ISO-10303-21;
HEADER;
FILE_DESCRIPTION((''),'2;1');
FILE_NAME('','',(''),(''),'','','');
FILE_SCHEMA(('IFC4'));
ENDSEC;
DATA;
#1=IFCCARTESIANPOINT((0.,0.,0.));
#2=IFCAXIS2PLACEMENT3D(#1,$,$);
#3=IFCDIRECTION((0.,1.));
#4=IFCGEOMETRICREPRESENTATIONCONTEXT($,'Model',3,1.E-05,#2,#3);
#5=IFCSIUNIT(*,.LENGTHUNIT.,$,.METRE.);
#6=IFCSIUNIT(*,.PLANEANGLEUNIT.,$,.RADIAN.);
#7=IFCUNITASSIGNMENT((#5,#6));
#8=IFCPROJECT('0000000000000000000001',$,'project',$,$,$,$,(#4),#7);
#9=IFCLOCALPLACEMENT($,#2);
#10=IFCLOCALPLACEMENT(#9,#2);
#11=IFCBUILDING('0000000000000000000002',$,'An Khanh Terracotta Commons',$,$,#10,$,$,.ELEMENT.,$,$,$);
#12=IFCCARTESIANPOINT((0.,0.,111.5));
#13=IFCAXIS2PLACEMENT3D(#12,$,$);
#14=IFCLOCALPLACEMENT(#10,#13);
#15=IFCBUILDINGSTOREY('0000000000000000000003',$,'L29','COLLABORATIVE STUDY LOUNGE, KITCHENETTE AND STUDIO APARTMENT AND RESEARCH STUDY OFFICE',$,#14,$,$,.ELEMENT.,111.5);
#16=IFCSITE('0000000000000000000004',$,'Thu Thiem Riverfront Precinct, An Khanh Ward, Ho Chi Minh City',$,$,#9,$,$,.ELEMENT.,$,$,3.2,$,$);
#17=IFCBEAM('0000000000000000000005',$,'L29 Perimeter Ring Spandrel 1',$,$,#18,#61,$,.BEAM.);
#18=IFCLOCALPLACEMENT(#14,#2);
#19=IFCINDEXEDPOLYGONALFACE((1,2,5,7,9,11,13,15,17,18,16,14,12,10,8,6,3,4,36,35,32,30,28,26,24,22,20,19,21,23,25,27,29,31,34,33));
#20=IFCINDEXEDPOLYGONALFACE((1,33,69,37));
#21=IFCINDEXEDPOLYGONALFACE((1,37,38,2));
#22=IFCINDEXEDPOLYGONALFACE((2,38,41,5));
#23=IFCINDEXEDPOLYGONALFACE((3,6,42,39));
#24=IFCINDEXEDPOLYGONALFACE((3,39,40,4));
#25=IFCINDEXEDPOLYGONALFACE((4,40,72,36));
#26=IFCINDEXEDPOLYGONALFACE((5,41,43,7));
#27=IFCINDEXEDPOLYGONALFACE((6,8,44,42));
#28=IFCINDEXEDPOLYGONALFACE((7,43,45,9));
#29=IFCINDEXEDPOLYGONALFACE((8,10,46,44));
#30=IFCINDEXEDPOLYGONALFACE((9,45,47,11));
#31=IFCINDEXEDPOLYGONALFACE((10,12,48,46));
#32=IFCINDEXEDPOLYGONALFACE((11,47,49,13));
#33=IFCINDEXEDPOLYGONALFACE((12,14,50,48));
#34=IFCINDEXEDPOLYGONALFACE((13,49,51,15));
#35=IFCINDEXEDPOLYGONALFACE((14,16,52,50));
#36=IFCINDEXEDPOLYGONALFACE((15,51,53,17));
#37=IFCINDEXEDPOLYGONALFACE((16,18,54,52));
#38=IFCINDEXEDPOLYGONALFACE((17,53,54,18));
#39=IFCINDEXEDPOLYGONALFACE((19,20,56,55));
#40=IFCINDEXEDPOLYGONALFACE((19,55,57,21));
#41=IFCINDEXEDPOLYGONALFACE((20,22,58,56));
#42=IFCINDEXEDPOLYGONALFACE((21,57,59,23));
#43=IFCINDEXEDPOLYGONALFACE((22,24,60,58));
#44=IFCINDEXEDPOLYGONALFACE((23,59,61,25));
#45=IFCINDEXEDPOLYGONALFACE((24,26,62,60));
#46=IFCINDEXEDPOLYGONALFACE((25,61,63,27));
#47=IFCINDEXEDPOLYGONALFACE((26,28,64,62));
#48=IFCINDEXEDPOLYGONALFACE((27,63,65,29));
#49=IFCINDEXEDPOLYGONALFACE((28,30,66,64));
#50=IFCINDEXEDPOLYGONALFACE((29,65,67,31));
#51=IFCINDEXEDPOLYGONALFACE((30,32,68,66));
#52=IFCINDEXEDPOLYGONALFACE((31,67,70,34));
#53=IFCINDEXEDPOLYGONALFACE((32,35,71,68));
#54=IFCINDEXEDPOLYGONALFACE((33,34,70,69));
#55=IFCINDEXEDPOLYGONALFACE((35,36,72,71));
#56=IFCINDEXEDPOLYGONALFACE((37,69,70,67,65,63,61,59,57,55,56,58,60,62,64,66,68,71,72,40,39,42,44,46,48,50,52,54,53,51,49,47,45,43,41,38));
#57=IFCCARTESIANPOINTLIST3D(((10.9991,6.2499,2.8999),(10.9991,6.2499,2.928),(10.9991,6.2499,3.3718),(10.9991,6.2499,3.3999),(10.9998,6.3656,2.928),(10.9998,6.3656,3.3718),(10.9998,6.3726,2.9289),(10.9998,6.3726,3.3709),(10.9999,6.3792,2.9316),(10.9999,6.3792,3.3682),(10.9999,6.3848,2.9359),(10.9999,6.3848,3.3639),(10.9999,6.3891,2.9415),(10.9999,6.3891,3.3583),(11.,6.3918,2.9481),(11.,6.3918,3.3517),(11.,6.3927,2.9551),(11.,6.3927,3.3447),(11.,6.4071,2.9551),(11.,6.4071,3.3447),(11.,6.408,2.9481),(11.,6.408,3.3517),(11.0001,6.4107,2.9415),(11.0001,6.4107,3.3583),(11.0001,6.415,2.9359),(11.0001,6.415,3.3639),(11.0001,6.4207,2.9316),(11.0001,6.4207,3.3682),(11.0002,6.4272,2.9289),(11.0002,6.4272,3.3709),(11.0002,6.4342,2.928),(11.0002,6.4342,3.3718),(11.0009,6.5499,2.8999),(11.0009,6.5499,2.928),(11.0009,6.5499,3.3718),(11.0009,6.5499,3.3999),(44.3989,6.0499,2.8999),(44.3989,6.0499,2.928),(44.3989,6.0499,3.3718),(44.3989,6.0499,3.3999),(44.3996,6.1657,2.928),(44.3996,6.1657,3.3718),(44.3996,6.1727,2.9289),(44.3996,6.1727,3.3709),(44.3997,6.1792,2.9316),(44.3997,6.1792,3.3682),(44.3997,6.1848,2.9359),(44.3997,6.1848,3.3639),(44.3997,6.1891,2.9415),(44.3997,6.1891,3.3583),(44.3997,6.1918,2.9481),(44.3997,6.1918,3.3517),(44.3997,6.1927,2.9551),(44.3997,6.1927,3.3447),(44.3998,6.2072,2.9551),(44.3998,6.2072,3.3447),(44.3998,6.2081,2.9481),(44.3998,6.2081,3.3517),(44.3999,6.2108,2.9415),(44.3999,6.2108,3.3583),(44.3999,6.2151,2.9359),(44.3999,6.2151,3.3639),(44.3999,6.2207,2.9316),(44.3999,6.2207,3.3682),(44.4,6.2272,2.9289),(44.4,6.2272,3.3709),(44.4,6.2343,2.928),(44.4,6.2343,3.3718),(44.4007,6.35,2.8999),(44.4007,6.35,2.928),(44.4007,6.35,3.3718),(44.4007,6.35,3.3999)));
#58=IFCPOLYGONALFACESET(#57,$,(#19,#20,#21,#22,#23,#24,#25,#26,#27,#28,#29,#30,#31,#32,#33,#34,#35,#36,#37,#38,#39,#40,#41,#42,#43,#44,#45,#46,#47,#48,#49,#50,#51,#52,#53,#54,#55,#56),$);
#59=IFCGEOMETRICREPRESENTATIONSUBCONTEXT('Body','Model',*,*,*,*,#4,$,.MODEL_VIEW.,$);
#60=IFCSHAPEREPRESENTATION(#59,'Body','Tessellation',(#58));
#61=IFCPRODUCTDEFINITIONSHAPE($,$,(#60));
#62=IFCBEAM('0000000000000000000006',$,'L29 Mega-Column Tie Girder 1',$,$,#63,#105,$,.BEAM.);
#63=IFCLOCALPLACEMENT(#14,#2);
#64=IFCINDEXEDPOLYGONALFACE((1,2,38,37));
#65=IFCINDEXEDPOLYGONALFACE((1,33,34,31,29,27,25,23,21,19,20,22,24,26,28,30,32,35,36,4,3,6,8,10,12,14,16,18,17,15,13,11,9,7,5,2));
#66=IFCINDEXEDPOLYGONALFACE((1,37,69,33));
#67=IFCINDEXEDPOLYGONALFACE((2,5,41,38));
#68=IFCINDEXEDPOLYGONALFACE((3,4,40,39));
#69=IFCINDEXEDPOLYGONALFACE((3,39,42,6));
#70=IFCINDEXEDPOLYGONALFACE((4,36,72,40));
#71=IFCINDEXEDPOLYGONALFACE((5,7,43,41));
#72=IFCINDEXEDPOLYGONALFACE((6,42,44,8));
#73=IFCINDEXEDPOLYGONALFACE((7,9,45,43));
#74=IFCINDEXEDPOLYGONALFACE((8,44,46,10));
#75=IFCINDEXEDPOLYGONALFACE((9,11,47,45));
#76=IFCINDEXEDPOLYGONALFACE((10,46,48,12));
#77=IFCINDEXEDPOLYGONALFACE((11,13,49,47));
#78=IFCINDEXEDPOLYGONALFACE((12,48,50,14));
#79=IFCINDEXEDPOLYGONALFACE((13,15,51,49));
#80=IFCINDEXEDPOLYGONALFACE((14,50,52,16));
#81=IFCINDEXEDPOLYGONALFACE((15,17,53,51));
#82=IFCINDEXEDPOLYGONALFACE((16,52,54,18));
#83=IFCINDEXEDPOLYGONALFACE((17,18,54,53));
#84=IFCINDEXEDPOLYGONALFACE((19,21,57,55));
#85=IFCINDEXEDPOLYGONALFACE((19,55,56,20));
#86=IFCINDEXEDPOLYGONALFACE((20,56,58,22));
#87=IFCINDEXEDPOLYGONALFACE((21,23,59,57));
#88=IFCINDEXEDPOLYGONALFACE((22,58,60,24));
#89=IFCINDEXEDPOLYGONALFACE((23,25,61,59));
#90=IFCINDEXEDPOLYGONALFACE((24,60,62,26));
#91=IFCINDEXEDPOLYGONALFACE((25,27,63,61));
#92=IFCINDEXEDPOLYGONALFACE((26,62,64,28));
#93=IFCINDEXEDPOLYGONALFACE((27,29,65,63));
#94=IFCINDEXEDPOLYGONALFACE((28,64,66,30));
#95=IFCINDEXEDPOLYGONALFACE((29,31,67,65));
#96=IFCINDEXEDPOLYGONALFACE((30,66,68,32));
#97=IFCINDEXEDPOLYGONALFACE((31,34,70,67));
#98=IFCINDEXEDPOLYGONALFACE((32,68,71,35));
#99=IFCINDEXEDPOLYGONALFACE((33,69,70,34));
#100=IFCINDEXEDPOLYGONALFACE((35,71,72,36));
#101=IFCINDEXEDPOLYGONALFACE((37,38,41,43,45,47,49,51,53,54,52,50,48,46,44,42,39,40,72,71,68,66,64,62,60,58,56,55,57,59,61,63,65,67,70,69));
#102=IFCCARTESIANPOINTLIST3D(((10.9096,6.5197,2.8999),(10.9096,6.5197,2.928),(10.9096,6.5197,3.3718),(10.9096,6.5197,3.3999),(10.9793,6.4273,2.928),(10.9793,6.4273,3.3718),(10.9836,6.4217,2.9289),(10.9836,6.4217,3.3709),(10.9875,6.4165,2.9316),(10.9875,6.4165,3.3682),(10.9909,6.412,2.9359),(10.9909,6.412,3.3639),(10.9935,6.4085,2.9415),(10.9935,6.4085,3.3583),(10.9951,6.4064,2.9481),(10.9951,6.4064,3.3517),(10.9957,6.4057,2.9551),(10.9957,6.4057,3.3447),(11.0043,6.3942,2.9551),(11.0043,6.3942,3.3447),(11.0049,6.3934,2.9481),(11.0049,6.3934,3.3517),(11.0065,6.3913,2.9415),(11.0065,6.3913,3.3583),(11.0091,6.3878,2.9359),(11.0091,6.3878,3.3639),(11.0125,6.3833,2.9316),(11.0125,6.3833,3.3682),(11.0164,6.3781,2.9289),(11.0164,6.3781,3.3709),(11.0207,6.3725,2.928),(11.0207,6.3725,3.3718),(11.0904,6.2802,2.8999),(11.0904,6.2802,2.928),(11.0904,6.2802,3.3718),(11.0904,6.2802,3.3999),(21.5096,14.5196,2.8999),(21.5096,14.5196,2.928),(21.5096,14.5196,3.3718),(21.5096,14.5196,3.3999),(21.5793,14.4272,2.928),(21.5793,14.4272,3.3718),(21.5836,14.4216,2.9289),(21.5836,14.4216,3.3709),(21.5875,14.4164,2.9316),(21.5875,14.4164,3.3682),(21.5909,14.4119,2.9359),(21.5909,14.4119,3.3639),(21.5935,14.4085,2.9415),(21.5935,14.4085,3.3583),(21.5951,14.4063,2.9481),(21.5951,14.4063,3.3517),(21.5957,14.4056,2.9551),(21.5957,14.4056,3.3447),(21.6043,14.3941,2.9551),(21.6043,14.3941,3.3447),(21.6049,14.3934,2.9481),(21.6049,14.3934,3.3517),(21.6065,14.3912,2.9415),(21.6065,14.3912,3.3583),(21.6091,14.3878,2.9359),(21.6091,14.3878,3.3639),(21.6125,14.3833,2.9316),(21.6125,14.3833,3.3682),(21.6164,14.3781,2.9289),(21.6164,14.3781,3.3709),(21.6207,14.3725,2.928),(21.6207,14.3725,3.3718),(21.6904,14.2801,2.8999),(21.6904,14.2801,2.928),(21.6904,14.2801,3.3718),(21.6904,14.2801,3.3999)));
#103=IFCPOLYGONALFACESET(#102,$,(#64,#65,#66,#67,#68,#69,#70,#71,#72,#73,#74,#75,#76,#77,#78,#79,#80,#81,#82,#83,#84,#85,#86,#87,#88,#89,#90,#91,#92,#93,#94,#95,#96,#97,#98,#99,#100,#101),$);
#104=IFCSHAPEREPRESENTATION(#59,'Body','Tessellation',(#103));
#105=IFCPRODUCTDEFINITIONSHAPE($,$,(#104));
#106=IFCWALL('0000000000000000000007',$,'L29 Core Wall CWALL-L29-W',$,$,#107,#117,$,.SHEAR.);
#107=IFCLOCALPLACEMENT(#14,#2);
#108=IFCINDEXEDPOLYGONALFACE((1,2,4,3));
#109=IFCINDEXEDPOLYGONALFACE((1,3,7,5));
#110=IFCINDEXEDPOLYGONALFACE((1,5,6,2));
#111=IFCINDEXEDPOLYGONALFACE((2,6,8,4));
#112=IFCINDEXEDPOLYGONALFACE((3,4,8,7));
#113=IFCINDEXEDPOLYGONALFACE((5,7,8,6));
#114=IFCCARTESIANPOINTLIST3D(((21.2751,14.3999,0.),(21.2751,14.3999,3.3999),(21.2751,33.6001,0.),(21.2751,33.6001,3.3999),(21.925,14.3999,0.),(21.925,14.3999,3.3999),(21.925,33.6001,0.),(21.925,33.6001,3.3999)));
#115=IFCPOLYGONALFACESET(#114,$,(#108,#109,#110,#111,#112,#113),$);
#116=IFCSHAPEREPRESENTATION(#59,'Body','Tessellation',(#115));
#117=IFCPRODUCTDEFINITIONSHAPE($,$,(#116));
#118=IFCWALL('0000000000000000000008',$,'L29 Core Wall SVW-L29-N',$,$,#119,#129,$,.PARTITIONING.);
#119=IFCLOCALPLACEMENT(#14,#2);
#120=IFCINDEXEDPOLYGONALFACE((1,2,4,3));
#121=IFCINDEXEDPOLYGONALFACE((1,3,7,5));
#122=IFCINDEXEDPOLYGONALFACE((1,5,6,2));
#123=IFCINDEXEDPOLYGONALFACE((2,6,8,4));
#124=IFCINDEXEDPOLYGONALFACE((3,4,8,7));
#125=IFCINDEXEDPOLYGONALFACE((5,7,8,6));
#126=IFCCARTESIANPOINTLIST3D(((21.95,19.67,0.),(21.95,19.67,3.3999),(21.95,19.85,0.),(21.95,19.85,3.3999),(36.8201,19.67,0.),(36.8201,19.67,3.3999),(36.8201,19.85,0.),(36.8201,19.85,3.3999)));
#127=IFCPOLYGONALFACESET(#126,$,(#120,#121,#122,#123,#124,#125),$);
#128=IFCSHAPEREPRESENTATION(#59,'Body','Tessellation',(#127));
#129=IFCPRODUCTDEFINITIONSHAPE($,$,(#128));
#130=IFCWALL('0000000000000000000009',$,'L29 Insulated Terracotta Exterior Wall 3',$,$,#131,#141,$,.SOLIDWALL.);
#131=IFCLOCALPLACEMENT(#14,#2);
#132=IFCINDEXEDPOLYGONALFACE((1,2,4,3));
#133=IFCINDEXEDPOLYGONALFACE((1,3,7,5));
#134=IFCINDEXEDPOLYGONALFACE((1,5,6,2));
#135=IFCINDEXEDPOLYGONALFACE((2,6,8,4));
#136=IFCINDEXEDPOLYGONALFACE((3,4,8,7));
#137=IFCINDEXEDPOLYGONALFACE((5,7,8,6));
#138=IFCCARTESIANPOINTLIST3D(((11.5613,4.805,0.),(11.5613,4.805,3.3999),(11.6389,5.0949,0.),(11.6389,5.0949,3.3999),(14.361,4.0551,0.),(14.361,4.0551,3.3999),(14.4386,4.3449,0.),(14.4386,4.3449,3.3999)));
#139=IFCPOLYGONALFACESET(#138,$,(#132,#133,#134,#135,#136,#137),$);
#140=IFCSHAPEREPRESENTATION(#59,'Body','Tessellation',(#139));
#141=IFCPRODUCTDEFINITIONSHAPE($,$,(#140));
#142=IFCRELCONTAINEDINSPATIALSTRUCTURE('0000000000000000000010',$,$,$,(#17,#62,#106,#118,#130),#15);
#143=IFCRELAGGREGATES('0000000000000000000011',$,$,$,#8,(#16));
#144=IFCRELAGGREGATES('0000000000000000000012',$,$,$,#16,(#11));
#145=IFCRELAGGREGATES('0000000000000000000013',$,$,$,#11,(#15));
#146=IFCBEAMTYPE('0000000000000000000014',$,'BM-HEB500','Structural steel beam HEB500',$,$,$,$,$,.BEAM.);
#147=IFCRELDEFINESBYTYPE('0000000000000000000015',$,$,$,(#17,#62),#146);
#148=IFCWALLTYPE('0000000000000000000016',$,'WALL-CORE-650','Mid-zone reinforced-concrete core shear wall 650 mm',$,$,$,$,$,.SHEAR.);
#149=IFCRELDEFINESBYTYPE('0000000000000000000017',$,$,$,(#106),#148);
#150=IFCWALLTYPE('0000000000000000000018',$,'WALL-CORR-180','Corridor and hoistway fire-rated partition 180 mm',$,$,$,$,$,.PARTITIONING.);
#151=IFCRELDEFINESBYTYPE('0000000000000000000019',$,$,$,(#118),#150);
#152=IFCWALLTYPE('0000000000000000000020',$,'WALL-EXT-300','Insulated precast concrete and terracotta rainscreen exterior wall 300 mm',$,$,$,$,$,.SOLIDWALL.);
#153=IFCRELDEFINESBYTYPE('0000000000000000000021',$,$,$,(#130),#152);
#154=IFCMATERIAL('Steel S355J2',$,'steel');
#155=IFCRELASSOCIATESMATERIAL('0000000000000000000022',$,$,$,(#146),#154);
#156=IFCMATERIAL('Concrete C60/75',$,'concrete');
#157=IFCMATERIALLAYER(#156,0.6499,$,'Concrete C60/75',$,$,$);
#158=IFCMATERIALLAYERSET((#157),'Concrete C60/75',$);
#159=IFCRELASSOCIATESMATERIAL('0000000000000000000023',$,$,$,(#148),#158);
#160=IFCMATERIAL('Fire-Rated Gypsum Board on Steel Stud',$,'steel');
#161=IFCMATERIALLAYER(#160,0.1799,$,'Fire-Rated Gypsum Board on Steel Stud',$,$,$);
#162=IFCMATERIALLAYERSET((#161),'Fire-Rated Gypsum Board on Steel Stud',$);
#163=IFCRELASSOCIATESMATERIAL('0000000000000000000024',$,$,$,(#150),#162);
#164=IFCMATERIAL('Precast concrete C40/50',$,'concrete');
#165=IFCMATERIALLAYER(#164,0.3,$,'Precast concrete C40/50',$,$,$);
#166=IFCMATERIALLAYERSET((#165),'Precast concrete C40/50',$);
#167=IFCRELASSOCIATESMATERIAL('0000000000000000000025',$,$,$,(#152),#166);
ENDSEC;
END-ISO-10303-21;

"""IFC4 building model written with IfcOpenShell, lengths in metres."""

from ifc_helpers import new_model, si_unit, direction, frame, frame_2d, origin, origin_2d, place, context, subcontext, project, spatial, rectangle, i_section, extrude, material, layer, layer_set, material_profile, profile_set, type_object, element, save


model = new_model("IFC4")

# Units and contexts
model_context = context("Model", 3, precision=1e-05, world=origin(), true_north=direction((0.0, 1.0)))
body_context = subcontext(model_context, "Body", "Model", "MODEL_VIEW")
ifc_project = project(units=[si_unit("LENGTHUNIT", "METRE"), si_unit("PLANEANGLEUNIT", "RADIAN")], contexts=[model_context])

# Site, building, storey
site_placement = place(None, origin())
site = spatial("IfcSite", under=ifc_project, at=site_placement, Name="Thu Thiem Riverfront Precinct, An Khanh Ward, Ho Chi Minh City", CompositionType="ELEMENT", RefElevation=3.2)
building_placement = place(site_placement, origin())
building = spatial("IfcBuilding", under=site, at=building_placement, Name="An Khanh Terracotta Commons", CompositionType="ELEMENT")
storey_placement = place(building_placement, frame((0.0, 0.0, 111.5)))
storey = spatial("IfcBuildingStorey", under=building, at=storey_placement, Name="L29", Description="COLLABORATIVE STUDY LOUNGE, KITCHENETTE AND STUDIO APARTMENT AND RESEARCH STUDY OFFICE", CompositionType="ELEMENT", Elevation=111.5)

# Beams
ifc_material_1 = material(Name="Steel S355J2", Category="steel")
ifc_material_profile_1 = material_profile(ifc_material_1, i_section(OverallWidth=0.3, OverallDepth=0.5, WebThickness=0.0144, FlangeThickness=0.0281, FilletRadius=0.0271, at=origin_2d()), Name="HEB500")
ifc_profile_set_1 = profile_set([ifc_material_profile_1], Name="Steel S355J2")
beam_type_1 = type_object("IfcBeamType", Name="BM-HEB500", Description="Structural steel beam HEB500", PredefinedType="BEAM", material=ifc_profile_set_1)
beam_1_placement = place(storey_placement, frame((11.0, 6.3999, 3.1499), z_axis=(0.999982, -0.005986, 0.0), x_axis=(0.005986, 0.999982, 0.0)))
element("IfcBeam", 1, at=beam_1_placement, inside=storey, type_object=beam_type_1, Name="L29 Perimeter Ring Spandrel 1", PredefinedType="BEAM", context=body_context, shape_type="SweptSolid", body=[
    extrude(i_section(OverallWidth=0.3, OverallDepth=0.5, WebThickness=0.0144, FlangeThickness=0.0281, FilletRadius=0.0271, at=origin_2d()), origin(), (0.0, 0.0, 1.0), 33.4004),
])
beam_2_placement = place(storey_placement, frame((11.0, 6.3999, 3.1499), z_axis=(0.798192, 0.602403, 0.0), x_axis=(-0.602403, 0.798192, 0.0)))
element("IfcBeam", 2, at=beam_2_placement, inside=storey, type_object=beam_type_1, Name="L29 Mega-Column Tie Girder 1", PredefinedType="BEAM", context=body_context, shape_type="SweptSolid", body=[
    extrude(i_section(OverallWidth=0.3, OverallDepth=0.5, WebThickness=0.0144, FlangeThickness=0.0281, FilletRadius=0.0271, at=origin_2d()), origin(), (0.0, 0.0, 1.0), 13.28),
])

# Walls
ifc_material_2 = material(Name="Concrete C60/75", Category="concrete")
ifc_layer_1 = layer(ifc_material_2, 0.6499, Name="Concrete C60/75")
ifc_layer_set_1 = layer_set([ifc_layer_1], Name="Concrete C60/75")
wall_type_1 = type_object("IfcWallType", Name="WALL-CORE-650", Description="Mid-zone reinforced-concrete core shear wall 650 mm", PredefinedType="SHEAR", material=ifc_layer_set_1)
wall_1_placement = place(storey_placement, frame((21.6001, 14.3999, 0.0), z_axis=(0.0, 0.0, 1.0), x_axis=(0.0, 1.0, 0.0)))
element("IfcWall", 3, at=wall_1_placement, inside=storey, type_object=wall_type_1, Name="L29 Core Wall CWALL-L29-W", PredefinedType="SHEAR", context=body_context, shape_type="SweptSolid", body=[
    extrude(rectangle(XDim=19.2002, YDim=0.6499, at=frame_2d((9.6001, 0.0))), origin(), (0.0, 0.0, 1.0), 3.3999),
])
ifc_material_3 = material(Name="Fire-Rated Gypsum Board on Steel Stud", Category="steel")
ifc_layer_2 = layer(ifc_material_3, 0.1799, Name="Fire-Rated Gypsum Board on Steel Stud")
ifc_layer_set_2 = layer_set([ifc_layer_2], Name="Fire-Rated Gypsum Board on Steel Stud")
wall_type_2 = type_object("IfcWallType", Name="WALL-CORR-180", Description="Corridor and hoistway fire-rated partition 180 mm", PredefinedType="PARTITIONING", material=ifc_layer_set_2)
wall_2_placement = place(storey_placement, frame((21.95, 19.76, 0.0), z_axis=(0.0, 0.0, 1.0), x_axis=(1.0, 0.0, 0.0)))
element("IfcWall", 4, at=wall_2_placement, inside=storey, type_object=wall_type_2, Name="L29 Core Wall SVW-L29-N", PredefinedType="PARTITIONING", context=body_context, shape_type="SweptSolid", body=[
    extrude(rectangle(XDim=14.8701, YDim=0.1799, at=frame_2d((7.4351, 0.0))), origin(), (0.0, 0.0, 1.0), 3.3999),
])
ifc_material_4 = material(Name="Precast concrete C40/50", Category="concrete")
ifc_layer_3 = layer(ifc_material_4, 0.3, Name="Precast concrete C40/50")
ifc_layer_set_3 = layer_set([ifc_layer_3], Name="Precast concrete C40/50")
wall_type_3 = type_object("IfcWallType", Name="WALL-EXT-300", Description="Insulated precast concrete and terracotta rainscreen exterior wall 300 mm", PredefinedType="SOLIDWALL", material=ifc_layer_set_3)
wall_3_placement = place(storey_placement, frame((11.6001, 4.95, 0.0), z_axis=(0.0, 0.0, 1.0), x_axis=(0.965944, -0.258753, 0.0)))
element("IfcWall", 5, at=wall_3_placement, inside=storey, type_object=wall_type_3, Name="L29 Insulated Terracotta Exterior Wall 3", PredefinedType="SOLIDWALL", context=body_context, shape_type="SweptSolid", body=[
    extrude(rectangle(XDim=2.8984, YDim=0.3, at=frame_2d((1.4492, 0.0))), origin(), (0.0, 0.0, 1.0), 3.3999),
])

save(model, "model.ifc")
